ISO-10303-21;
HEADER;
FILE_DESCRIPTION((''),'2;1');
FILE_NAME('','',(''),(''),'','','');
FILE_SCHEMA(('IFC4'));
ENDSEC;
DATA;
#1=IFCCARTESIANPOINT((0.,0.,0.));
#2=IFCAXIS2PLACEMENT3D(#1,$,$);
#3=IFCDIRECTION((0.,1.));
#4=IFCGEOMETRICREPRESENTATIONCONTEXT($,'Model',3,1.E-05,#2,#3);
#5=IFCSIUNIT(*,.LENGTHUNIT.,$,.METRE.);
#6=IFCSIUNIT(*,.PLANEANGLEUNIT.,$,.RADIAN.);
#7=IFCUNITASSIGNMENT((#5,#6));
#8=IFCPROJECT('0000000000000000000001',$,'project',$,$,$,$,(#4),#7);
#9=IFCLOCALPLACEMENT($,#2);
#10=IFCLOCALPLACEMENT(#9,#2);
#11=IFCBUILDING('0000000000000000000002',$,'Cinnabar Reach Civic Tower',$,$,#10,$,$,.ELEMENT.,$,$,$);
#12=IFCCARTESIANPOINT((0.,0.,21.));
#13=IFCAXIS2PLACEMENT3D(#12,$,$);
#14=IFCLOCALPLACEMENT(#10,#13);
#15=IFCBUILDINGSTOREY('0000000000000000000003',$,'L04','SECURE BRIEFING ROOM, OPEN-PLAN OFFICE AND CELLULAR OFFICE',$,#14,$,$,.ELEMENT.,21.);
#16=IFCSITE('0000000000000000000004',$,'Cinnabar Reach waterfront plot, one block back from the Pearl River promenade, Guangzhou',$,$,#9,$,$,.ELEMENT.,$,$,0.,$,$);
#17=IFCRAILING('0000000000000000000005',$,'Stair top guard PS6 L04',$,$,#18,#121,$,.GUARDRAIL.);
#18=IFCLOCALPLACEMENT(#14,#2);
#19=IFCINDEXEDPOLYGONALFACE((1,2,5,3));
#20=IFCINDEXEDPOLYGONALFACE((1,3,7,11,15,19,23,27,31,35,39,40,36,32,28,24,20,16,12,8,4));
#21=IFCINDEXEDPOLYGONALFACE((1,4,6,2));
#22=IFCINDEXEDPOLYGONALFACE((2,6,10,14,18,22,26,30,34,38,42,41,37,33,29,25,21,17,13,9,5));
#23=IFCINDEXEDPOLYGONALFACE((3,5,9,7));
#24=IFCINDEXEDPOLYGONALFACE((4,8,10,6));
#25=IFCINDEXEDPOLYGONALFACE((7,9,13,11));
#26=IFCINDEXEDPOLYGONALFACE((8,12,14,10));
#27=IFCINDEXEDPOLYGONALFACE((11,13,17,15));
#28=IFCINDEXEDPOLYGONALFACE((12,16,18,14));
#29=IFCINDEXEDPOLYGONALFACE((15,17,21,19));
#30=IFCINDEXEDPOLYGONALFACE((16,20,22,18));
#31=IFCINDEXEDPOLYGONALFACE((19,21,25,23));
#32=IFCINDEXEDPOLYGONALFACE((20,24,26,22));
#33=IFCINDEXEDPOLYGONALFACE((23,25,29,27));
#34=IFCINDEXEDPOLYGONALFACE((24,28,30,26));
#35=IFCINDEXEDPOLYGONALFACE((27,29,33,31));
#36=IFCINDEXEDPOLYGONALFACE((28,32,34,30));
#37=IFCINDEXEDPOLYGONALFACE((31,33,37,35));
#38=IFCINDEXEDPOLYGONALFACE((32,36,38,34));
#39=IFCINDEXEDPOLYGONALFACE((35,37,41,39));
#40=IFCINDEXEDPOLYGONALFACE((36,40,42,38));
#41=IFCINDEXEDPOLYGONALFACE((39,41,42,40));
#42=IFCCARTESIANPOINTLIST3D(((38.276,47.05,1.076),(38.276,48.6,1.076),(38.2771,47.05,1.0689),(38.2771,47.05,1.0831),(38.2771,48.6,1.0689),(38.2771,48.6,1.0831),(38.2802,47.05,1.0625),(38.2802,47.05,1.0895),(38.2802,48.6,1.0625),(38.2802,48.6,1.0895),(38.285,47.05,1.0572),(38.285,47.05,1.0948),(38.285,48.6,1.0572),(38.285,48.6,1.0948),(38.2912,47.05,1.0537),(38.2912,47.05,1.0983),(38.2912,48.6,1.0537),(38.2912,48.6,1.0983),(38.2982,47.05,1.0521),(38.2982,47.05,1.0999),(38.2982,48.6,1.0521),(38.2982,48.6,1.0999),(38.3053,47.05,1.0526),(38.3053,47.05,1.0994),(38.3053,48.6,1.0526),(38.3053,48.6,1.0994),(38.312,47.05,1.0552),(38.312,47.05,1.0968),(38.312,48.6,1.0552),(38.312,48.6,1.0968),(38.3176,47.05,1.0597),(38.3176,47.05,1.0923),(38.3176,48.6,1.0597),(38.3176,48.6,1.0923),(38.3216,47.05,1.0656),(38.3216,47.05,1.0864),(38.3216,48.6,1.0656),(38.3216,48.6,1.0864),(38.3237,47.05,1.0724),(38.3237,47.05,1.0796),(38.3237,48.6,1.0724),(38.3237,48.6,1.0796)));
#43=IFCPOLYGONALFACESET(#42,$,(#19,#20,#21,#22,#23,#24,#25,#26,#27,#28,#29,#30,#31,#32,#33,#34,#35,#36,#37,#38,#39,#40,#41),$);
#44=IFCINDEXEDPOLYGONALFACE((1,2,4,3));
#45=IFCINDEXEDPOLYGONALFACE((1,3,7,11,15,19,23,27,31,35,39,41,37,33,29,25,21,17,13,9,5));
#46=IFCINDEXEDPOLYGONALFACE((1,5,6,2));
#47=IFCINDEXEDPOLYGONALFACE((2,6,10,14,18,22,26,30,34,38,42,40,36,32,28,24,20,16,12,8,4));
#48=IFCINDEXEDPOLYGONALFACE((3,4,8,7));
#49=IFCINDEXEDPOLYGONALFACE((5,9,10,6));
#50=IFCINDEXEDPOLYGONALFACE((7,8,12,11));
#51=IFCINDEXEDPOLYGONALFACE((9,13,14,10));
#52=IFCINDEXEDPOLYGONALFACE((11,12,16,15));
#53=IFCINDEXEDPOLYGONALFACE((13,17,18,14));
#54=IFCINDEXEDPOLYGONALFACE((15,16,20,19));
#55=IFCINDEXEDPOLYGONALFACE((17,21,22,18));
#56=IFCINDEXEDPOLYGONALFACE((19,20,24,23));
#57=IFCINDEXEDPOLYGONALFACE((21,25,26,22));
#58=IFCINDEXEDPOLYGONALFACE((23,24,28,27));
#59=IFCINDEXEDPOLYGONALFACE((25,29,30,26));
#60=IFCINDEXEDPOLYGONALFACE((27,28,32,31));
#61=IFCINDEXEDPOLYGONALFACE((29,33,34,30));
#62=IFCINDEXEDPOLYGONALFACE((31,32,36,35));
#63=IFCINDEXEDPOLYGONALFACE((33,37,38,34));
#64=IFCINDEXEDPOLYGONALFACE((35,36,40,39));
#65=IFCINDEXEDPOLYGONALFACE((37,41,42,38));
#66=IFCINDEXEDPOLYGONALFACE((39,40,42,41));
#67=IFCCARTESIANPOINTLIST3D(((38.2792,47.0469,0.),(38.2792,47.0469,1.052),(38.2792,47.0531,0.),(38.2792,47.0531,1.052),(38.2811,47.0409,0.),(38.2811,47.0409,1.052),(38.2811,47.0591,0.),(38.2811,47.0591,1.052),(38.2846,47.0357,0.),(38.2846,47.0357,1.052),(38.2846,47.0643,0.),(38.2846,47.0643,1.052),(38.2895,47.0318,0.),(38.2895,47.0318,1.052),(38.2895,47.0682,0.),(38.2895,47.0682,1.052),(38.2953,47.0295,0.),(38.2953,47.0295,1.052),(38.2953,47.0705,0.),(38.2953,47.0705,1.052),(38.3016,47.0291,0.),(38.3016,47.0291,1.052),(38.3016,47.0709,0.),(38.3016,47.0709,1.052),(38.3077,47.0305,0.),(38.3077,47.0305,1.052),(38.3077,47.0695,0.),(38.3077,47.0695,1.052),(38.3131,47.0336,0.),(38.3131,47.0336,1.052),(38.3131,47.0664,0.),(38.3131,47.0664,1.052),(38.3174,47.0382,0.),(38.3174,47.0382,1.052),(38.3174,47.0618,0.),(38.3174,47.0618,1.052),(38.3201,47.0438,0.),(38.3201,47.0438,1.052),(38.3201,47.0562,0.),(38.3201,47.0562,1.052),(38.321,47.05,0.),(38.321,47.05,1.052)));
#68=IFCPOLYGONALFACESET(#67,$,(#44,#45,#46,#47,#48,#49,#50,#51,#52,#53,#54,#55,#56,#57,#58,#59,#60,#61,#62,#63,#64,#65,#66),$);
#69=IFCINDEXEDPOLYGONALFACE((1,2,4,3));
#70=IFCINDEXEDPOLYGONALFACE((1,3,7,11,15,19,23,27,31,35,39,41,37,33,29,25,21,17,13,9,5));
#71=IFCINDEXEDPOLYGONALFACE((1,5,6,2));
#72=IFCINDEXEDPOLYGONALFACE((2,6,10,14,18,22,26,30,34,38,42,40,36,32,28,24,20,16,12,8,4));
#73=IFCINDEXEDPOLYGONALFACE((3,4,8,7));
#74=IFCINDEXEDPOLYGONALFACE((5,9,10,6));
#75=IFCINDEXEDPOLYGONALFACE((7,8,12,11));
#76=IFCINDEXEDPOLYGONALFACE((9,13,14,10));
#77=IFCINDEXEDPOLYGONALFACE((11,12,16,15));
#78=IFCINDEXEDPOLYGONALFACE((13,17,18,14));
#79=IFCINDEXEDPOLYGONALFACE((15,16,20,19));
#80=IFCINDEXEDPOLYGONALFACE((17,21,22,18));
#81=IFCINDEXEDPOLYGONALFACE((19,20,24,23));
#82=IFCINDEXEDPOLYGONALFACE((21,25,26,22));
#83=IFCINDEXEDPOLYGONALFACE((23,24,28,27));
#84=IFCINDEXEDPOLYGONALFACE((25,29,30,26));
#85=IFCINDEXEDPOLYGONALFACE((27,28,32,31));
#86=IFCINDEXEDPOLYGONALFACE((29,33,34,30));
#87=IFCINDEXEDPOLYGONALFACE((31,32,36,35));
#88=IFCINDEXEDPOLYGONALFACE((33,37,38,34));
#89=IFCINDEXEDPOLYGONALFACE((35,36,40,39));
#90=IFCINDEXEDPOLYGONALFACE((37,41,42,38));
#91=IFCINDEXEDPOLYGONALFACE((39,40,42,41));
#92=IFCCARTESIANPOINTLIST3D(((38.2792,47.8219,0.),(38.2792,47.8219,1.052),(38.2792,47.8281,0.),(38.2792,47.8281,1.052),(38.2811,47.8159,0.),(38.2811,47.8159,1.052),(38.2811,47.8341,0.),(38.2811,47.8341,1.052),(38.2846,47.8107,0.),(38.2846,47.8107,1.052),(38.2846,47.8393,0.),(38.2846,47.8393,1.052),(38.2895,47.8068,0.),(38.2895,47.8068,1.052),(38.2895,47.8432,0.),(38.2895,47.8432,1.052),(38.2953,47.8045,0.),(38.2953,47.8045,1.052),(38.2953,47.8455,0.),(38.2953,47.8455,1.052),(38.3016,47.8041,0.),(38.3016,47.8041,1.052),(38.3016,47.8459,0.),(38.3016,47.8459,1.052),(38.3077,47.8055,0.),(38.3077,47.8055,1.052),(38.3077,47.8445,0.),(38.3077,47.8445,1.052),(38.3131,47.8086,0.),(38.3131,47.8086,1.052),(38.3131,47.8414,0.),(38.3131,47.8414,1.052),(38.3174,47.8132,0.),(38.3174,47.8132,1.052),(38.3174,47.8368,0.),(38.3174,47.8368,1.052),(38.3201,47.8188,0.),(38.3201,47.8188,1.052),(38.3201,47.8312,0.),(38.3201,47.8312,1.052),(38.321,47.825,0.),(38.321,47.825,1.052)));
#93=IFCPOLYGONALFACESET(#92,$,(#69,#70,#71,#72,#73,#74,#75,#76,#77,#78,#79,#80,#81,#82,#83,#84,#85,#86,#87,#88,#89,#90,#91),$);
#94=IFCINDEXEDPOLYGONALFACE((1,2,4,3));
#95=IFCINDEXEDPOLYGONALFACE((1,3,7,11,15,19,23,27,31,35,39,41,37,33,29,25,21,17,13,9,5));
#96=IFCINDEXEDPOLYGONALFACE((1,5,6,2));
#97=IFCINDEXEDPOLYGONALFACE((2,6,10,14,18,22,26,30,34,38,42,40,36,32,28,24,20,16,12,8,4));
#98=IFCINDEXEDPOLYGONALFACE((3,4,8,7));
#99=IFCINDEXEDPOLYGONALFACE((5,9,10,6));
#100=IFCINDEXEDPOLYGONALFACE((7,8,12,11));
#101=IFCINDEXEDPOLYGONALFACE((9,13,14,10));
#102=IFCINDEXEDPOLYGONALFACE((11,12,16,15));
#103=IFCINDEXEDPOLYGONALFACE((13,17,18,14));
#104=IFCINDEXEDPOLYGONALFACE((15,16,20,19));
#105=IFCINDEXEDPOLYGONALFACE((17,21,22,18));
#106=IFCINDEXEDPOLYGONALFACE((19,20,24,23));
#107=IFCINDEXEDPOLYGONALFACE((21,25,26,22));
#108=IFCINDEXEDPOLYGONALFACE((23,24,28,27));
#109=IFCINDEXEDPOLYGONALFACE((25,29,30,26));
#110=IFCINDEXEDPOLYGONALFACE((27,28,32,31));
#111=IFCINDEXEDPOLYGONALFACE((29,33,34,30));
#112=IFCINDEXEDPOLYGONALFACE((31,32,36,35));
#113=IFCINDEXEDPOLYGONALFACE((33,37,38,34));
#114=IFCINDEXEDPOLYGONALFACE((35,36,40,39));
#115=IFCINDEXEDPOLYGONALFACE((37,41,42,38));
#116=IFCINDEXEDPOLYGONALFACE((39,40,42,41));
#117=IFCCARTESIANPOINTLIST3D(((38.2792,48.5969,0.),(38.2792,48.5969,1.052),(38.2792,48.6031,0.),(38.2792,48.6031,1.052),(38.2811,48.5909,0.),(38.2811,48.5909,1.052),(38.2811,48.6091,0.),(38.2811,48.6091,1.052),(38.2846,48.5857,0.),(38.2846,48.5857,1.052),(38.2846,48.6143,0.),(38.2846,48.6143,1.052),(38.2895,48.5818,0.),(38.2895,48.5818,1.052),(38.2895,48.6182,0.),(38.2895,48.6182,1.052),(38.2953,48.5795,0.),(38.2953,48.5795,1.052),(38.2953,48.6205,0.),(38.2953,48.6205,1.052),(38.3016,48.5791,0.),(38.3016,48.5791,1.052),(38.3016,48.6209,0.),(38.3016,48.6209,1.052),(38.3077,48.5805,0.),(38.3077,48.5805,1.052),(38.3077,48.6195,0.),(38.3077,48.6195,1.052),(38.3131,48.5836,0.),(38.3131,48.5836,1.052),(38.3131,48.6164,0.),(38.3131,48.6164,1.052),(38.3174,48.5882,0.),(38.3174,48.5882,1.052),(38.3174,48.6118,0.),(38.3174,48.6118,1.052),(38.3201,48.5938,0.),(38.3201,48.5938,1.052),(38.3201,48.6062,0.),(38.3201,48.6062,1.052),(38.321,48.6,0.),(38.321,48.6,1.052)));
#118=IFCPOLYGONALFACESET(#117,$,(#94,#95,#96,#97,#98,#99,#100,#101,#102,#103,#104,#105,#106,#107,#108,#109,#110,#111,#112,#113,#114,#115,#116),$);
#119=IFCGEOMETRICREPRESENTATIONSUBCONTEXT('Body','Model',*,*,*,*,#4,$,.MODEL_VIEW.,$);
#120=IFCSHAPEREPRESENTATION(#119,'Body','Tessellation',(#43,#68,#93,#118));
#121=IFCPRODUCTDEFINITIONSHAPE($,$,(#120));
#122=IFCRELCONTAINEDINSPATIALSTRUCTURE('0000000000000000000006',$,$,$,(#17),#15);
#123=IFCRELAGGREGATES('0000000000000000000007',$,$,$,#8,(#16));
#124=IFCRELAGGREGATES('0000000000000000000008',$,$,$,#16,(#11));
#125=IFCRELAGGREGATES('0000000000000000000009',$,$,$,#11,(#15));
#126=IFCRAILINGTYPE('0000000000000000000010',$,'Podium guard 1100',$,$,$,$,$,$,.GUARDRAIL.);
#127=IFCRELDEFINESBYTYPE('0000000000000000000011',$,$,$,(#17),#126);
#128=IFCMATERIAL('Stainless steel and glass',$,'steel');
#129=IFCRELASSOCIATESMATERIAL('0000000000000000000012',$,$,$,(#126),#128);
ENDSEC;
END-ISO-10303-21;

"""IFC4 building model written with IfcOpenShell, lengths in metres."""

from ifc_helpers import new_model, si_unit, direction, frame, origin, origin_2d, place, context, subcontext, project, spatial, circle, extrude, material, type_object, element, save


model = new_model("IFC4")

# Units and contexts
model_context = context("Model", 3, precision=1e-05, world=origin(), true_north=direction((0.0, 1.0)))
body_context = subcontext(model_context, "Body", "Model", "MODEL_VIEW")
ifc_project = project(units=[si_unit("LENGTHUNIT", "METRE"), si_unit("PLANEANGLEUNIT", "RADIAN")], contexts=[model_context])

# Site, building, storey
site_placement = place(None, origin())
site = spatial("IfcSite", under=ifc_project, at=site_placement, Name="Cinnabar Reach waterfront plot, one block back from the Pearl River promenade, Guangzhou", CompositionType="ELEMENT", RefElevation=0.0)
building_placement = place(site_placement, origin())
building = spatial("IfcBuilding", under=site, at=building_placement, Name="Cinnabar Reach Civic Tower", CompositionType="ELEMENT")
storey_placement = place(building_placement, frame((0.0, 0.0, 21.0)))
storey = spatial("IfcBuildingStorey", under=building, at=storey_placement, Name="L04", Description="SECURE BRIEFING ROOM, OPEN-PLAN OFFICE AND CELLULAR OFFICE", CompositionType="ELEMENT", Elevation=21.0)

# Railing
ifc_material_1 = material(Name="Stainless steel and glass", Category="steel")
railing_type = type_object("IfcRailingType", Name="Podium guard 1100", PredefinedType="GUARDRAIL", material=ifc_material_1)
railing_1_placement = place(storey_placement, frame((38.3, 47.05, 0.0)))
element("IfcRailing", 1, at=railing_1_placement, inside=storey, type_object=railing_type, Name="Stair top guard PS6 L04", PredefinedType="GUARDRAIL", context=body_context, shape_type="SweptSolid", body=[
    extrude(circle(Radius=0.024, at=origin_2d()), frame((0.0, 0.0, 1.076), z_axis=(0.0, 1.0, 0.0), x_axis=(-1.0, 0.0, 0.0)), (0.0, 0.0, 1.0), 1.55),
    extrude(circle(Radius=0.021, at=origin_2d()), origin(), (0.0, 0.0, 1.0), 1.052),
    extrude(circle(Radius=0.021, at=origin_2d()), frame((0.0, 0.775, 0.0)), (0.0, 0.0, 1.0), 1.052),
    extrude(circle(Radius=0.021, at=origin_2d()), frame((0.0, 1.55, 0.0)), (0.0, 0.0, 1.0), 1.052),
])

save(model, "model.ifc")
